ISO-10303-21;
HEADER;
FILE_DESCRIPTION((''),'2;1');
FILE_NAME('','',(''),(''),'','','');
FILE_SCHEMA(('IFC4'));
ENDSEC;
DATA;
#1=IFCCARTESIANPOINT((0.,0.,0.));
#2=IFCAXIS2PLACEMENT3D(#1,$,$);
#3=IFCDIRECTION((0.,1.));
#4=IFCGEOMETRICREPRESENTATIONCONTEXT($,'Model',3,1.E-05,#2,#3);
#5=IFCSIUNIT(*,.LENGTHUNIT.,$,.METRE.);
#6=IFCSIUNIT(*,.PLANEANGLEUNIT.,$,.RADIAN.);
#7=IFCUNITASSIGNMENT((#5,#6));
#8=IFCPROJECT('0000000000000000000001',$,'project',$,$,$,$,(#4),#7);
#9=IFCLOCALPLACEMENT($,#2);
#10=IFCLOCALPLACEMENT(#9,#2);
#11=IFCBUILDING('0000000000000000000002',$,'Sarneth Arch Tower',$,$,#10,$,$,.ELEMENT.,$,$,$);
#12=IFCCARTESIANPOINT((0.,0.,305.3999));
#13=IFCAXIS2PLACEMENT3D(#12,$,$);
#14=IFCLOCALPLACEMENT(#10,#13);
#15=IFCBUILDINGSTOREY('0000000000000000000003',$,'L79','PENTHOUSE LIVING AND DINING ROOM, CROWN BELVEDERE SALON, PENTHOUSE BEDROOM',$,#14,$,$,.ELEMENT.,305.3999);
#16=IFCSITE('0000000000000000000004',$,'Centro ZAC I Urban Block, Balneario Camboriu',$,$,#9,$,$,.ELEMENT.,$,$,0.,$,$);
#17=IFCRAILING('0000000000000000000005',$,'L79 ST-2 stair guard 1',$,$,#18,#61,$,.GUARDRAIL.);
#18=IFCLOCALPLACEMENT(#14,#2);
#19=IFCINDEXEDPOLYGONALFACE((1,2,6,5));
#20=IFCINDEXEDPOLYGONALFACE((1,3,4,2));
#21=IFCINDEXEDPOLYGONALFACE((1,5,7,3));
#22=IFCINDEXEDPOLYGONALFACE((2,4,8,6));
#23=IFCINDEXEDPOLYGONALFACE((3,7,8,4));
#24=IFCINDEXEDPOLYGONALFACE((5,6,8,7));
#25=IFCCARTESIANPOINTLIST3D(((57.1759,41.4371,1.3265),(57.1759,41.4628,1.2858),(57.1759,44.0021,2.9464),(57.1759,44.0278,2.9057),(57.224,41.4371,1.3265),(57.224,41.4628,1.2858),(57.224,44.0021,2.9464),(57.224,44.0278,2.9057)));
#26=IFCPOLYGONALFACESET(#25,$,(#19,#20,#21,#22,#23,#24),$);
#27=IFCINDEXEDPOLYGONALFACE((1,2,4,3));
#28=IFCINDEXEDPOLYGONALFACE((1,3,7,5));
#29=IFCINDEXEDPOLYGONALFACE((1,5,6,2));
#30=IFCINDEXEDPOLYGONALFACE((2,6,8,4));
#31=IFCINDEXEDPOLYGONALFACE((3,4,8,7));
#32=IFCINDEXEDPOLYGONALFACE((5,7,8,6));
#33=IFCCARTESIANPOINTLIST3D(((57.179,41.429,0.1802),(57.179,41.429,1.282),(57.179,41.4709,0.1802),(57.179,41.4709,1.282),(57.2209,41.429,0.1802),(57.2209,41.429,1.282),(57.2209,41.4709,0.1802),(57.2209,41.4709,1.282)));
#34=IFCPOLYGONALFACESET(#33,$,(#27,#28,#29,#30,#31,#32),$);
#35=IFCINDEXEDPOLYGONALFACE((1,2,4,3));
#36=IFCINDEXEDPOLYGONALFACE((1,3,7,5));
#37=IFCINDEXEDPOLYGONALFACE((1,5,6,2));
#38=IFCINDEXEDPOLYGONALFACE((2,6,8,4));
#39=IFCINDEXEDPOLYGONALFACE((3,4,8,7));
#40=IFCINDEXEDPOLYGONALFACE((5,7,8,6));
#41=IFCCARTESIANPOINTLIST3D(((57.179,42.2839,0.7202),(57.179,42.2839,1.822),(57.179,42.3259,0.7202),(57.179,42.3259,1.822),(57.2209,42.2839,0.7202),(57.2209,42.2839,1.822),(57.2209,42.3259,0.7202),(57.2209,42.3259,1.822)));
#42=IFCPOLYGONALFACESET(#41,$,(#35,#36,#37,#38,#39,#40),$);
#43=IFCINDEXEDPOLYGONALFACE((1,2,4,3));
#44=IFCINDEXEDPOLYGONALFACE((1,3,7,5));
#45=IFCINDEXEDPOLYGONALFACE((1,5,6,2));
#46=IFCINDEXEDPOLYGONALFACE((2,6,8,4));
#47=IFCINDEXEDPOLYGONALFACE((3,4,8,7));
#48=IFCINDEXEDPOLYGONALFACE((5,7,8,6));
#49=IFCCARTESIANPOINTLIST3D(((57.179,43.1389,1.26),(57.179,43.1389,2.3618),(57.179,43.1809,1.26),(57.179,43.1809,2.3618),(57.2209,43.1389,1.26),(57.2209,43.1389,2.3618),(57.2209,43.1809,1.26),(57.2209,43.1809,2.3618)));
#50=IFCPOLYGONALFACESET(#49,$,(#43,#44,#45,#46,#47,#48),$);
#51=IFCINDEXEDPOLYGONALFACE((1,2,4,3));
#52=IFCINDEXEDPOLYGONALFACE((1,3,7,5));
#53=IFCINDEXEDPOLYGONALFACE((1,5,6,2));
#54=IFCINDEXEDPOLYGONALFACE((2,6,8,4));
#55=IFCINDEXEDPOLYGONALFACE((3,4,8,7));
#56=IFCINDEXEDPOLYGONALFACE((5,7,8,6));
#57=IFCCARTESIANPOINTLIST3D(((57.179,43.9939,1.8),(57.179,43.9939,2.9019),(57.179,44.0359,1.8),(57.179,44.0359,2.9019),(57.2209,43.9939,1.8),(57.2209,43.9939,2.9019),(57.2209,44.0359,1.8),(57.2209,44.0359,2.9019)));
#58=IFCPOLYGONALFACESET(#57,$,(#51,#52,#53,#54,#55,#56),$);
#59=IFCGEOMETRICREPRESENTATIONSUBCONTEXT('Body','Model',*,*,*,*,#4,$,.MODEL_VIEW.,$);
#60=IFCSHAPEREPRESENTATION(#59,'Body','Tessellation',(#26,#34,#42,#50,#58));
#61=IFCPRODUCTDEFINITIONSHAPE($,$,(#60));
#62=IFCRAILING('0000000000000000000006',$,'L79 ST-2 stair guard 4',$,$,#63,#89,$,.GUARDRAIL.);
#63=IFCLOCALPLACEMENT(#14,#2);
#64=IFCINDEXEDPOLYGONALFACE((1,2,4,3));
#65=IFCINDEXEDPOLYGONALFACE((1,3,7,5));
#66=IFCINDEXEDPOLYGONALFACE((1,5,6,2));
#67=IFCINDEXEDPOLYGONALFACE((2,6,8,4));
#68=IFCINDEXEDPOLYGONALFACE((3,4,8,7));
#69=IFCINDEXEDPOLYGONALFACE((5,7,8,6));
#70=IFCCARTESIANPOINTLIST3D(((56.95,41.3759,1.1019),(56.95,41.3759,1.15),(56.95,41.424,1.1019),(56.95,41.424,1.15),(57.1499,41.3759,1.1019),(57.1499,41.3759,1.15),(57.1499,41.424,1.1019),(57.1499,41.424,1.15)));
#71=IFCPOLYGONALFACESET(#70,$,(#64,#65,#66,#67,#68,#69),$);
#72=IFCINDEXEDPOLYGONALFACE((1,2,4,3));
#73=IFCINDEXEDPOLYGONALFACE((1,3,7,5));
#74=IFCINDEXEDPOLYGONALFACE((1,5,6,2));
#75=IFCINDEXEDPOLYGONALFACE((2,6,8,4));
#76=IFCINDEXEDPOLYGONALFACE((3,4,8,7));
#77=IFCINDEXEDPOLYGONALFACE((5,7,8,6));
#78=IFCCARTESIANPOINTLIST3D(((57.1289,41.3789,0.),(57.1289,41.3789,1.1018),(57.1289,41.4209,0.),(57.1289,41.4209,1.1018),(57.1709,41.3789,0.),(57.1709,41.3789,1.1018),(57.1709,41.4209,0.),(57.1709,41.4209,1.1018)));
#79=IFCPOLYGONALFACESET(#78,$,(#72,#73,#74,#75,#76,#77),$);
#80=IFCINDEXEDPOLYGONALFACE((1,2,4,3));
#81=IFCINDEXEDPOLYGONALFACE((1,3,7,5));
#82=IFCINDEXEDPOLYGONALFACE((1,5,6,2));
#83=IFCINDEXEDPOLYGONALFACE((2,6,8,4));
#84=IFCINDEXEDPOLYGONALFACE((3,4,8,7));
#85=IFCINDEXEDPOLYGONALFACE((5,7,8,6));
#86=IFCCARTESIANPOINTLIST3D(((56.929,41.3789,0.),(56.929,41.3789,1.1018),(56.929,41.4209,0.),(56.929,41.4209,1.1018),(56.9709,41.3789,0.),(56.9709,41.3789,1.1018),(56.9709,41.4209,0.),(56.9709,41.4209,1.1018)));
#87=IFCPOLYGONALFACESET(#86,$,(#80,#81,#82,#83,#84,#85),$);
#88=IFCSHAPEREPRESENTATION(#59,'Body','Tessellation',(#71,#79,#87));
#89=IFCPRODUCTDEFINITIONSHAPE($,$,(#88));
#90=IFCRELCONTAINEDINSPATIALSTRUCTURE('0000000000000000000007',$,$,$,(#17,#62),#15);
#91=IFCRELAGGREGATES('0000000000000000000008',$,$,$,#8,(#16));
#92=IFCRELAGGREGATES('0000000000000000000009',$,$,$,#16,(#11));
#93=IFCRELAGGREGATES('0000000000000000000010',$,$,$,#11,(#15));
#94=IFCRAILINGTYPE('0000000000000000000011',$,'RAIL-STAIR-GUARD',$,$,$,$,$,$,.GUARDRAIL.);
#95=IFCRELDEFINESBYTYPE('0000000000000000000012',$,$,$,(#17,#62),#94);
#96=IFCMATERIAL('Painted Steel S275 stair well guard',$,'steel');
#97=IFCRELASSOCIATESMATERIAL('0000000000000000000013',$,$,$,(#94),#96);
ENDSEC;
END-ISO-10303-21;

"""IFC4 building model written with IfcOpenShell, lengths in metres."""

from ifc_helpers import new_model, si_unit, direction, frame, origin, origin_2d, place, context, subcontext, project, spatial, rectangle, extrude, material, type_object, element, save


model = new_model("IFC4")

# Units and contexts
model_context = context("Model", 3, precision=1e-05, world=origin(), true_north=direction((0.0, 1.0)))
body_context = subcontext(model_context, "Body", "Model", "MODEL_VIEW")
ifc_project = project(units=[si_unit("LENGTHUNIT", "METRE"), si_unit("PLANEANGLEUNIT", "RADIAN")], contexts=[model_context])

# Site, building, storey
site_placement = place(None, origin())
site = spatial("IfcSite", under=ifc_project, at=site_placement, Name="Centro ZAC I Urban Block, Balneario Camboriu", CompositionType="ELEMENT", RefElevation=0.0)
building_placement = place(site_placement, origin())
building = spatial("IfcBuilding", under=site, at=building_placement, Name="Sarneth Arch Tower", CompositionType="ELEMENT")
storey_placement = place(building_placement, frame((0.0, 0.0, 305.3999)))
storey = spatial("IfcBuildingStorey", under=building, at=storey_placement, Name="L79", Description="PENTHOUSE LIVING AND DINING ROOM, CROWN BELVEDERE SALON, PENTHOUSE BEDROOM", CompositionType="ELEMENT", Elevation=305.3999)

# Railings
ifc_material_1 = material(Name="Painted Steel S275 stair well guard", Category="steel")
railing_type_1 = type_object("IfcRailingType", Name="RAIL-STAIR-GUARD", PredefinedType="GUARDRAIL", material=ifc_material_1)
railing_1_placement = place(storey_placement, frame((57.2, 41.45, 0.1802)))
element("IfcRailing", 1, at=railing_1_placement, inside=storey, type_object=railing_type_1, Name="L79 ST-2 stair guard 1", PredefinedType="GUARDRAIL", context=body_context, shape_type="SweptSolid", body=[
    extrude(rectangle(XDim=0.0481, YDim=0.0481, at=origin_2d()), frame((0.0, 0.0, 1.126), z_axis=(0.0, 0.845502, 0.533972), x_axis=(-1.0, 0.0, 0.0)), (0.0, 0.0, 1.0), 3.0337),
    extrude(rectangle(XDim=0.042, YDim=0.042, at=origin_2d()), origin(), (0.0, 0.0, 1.0), 1.1018),
    extrude(rectangle(XDim=0.042, YDim=0.042, at=origin_2d()), frame((0.0, 0.855, 0.54)), (0.0, 0.0, 1.0), 1.1018),
    extrude(rectangle(XDim=0.042, YDim=0.042, at=origin_2d()), frame((0.0, 1.71, 1.0798)), (0.0, 0.0, 1.0), 1.1018),
    extrude(rectangle(XDim=0.042, YDim=0.042, at=origin_2d()), frame((0.0, 2.5649, 1.6199)), (0.0, 0.0, 1.0), 1.1018),
])
railing_2_placement = place(storey_placement, frame((57.1499, 41.3999, 0.0)))
element("IfcRailing", 2, at=railing_2_placement, inside=storey, type_object=railing_type_1, Name="L79 ST-2 stair guard 4", PredefinedType="GUARDRAIL", context=body_context, shape_type="SweptSolid", body=[
    extrude(rectangle(XDim=0.0481, YDim=0.0481, at=origin_2d()), frame((0.0, 0.0, 1.126), z_axis=(-1.0, 0.0, 0.0), x_axis=(0.0, -1.0, 0.0)), (0.0, 0.0, 1.0), 0.2),
    extrude(rectangle(XDim=0.042, YDim=0.042, at=origin_2d()), origin(), (0.0, 0.0, 1.0), 1.1018),
    extrude(rectangle(XDim=0.042, YDim=0.042, at=origin_2d()), frame((-0.2, 0.0, 0.0)), (0.0, 0.0, 1.0), 1.1018),
])

save(model, "model.ifc")
